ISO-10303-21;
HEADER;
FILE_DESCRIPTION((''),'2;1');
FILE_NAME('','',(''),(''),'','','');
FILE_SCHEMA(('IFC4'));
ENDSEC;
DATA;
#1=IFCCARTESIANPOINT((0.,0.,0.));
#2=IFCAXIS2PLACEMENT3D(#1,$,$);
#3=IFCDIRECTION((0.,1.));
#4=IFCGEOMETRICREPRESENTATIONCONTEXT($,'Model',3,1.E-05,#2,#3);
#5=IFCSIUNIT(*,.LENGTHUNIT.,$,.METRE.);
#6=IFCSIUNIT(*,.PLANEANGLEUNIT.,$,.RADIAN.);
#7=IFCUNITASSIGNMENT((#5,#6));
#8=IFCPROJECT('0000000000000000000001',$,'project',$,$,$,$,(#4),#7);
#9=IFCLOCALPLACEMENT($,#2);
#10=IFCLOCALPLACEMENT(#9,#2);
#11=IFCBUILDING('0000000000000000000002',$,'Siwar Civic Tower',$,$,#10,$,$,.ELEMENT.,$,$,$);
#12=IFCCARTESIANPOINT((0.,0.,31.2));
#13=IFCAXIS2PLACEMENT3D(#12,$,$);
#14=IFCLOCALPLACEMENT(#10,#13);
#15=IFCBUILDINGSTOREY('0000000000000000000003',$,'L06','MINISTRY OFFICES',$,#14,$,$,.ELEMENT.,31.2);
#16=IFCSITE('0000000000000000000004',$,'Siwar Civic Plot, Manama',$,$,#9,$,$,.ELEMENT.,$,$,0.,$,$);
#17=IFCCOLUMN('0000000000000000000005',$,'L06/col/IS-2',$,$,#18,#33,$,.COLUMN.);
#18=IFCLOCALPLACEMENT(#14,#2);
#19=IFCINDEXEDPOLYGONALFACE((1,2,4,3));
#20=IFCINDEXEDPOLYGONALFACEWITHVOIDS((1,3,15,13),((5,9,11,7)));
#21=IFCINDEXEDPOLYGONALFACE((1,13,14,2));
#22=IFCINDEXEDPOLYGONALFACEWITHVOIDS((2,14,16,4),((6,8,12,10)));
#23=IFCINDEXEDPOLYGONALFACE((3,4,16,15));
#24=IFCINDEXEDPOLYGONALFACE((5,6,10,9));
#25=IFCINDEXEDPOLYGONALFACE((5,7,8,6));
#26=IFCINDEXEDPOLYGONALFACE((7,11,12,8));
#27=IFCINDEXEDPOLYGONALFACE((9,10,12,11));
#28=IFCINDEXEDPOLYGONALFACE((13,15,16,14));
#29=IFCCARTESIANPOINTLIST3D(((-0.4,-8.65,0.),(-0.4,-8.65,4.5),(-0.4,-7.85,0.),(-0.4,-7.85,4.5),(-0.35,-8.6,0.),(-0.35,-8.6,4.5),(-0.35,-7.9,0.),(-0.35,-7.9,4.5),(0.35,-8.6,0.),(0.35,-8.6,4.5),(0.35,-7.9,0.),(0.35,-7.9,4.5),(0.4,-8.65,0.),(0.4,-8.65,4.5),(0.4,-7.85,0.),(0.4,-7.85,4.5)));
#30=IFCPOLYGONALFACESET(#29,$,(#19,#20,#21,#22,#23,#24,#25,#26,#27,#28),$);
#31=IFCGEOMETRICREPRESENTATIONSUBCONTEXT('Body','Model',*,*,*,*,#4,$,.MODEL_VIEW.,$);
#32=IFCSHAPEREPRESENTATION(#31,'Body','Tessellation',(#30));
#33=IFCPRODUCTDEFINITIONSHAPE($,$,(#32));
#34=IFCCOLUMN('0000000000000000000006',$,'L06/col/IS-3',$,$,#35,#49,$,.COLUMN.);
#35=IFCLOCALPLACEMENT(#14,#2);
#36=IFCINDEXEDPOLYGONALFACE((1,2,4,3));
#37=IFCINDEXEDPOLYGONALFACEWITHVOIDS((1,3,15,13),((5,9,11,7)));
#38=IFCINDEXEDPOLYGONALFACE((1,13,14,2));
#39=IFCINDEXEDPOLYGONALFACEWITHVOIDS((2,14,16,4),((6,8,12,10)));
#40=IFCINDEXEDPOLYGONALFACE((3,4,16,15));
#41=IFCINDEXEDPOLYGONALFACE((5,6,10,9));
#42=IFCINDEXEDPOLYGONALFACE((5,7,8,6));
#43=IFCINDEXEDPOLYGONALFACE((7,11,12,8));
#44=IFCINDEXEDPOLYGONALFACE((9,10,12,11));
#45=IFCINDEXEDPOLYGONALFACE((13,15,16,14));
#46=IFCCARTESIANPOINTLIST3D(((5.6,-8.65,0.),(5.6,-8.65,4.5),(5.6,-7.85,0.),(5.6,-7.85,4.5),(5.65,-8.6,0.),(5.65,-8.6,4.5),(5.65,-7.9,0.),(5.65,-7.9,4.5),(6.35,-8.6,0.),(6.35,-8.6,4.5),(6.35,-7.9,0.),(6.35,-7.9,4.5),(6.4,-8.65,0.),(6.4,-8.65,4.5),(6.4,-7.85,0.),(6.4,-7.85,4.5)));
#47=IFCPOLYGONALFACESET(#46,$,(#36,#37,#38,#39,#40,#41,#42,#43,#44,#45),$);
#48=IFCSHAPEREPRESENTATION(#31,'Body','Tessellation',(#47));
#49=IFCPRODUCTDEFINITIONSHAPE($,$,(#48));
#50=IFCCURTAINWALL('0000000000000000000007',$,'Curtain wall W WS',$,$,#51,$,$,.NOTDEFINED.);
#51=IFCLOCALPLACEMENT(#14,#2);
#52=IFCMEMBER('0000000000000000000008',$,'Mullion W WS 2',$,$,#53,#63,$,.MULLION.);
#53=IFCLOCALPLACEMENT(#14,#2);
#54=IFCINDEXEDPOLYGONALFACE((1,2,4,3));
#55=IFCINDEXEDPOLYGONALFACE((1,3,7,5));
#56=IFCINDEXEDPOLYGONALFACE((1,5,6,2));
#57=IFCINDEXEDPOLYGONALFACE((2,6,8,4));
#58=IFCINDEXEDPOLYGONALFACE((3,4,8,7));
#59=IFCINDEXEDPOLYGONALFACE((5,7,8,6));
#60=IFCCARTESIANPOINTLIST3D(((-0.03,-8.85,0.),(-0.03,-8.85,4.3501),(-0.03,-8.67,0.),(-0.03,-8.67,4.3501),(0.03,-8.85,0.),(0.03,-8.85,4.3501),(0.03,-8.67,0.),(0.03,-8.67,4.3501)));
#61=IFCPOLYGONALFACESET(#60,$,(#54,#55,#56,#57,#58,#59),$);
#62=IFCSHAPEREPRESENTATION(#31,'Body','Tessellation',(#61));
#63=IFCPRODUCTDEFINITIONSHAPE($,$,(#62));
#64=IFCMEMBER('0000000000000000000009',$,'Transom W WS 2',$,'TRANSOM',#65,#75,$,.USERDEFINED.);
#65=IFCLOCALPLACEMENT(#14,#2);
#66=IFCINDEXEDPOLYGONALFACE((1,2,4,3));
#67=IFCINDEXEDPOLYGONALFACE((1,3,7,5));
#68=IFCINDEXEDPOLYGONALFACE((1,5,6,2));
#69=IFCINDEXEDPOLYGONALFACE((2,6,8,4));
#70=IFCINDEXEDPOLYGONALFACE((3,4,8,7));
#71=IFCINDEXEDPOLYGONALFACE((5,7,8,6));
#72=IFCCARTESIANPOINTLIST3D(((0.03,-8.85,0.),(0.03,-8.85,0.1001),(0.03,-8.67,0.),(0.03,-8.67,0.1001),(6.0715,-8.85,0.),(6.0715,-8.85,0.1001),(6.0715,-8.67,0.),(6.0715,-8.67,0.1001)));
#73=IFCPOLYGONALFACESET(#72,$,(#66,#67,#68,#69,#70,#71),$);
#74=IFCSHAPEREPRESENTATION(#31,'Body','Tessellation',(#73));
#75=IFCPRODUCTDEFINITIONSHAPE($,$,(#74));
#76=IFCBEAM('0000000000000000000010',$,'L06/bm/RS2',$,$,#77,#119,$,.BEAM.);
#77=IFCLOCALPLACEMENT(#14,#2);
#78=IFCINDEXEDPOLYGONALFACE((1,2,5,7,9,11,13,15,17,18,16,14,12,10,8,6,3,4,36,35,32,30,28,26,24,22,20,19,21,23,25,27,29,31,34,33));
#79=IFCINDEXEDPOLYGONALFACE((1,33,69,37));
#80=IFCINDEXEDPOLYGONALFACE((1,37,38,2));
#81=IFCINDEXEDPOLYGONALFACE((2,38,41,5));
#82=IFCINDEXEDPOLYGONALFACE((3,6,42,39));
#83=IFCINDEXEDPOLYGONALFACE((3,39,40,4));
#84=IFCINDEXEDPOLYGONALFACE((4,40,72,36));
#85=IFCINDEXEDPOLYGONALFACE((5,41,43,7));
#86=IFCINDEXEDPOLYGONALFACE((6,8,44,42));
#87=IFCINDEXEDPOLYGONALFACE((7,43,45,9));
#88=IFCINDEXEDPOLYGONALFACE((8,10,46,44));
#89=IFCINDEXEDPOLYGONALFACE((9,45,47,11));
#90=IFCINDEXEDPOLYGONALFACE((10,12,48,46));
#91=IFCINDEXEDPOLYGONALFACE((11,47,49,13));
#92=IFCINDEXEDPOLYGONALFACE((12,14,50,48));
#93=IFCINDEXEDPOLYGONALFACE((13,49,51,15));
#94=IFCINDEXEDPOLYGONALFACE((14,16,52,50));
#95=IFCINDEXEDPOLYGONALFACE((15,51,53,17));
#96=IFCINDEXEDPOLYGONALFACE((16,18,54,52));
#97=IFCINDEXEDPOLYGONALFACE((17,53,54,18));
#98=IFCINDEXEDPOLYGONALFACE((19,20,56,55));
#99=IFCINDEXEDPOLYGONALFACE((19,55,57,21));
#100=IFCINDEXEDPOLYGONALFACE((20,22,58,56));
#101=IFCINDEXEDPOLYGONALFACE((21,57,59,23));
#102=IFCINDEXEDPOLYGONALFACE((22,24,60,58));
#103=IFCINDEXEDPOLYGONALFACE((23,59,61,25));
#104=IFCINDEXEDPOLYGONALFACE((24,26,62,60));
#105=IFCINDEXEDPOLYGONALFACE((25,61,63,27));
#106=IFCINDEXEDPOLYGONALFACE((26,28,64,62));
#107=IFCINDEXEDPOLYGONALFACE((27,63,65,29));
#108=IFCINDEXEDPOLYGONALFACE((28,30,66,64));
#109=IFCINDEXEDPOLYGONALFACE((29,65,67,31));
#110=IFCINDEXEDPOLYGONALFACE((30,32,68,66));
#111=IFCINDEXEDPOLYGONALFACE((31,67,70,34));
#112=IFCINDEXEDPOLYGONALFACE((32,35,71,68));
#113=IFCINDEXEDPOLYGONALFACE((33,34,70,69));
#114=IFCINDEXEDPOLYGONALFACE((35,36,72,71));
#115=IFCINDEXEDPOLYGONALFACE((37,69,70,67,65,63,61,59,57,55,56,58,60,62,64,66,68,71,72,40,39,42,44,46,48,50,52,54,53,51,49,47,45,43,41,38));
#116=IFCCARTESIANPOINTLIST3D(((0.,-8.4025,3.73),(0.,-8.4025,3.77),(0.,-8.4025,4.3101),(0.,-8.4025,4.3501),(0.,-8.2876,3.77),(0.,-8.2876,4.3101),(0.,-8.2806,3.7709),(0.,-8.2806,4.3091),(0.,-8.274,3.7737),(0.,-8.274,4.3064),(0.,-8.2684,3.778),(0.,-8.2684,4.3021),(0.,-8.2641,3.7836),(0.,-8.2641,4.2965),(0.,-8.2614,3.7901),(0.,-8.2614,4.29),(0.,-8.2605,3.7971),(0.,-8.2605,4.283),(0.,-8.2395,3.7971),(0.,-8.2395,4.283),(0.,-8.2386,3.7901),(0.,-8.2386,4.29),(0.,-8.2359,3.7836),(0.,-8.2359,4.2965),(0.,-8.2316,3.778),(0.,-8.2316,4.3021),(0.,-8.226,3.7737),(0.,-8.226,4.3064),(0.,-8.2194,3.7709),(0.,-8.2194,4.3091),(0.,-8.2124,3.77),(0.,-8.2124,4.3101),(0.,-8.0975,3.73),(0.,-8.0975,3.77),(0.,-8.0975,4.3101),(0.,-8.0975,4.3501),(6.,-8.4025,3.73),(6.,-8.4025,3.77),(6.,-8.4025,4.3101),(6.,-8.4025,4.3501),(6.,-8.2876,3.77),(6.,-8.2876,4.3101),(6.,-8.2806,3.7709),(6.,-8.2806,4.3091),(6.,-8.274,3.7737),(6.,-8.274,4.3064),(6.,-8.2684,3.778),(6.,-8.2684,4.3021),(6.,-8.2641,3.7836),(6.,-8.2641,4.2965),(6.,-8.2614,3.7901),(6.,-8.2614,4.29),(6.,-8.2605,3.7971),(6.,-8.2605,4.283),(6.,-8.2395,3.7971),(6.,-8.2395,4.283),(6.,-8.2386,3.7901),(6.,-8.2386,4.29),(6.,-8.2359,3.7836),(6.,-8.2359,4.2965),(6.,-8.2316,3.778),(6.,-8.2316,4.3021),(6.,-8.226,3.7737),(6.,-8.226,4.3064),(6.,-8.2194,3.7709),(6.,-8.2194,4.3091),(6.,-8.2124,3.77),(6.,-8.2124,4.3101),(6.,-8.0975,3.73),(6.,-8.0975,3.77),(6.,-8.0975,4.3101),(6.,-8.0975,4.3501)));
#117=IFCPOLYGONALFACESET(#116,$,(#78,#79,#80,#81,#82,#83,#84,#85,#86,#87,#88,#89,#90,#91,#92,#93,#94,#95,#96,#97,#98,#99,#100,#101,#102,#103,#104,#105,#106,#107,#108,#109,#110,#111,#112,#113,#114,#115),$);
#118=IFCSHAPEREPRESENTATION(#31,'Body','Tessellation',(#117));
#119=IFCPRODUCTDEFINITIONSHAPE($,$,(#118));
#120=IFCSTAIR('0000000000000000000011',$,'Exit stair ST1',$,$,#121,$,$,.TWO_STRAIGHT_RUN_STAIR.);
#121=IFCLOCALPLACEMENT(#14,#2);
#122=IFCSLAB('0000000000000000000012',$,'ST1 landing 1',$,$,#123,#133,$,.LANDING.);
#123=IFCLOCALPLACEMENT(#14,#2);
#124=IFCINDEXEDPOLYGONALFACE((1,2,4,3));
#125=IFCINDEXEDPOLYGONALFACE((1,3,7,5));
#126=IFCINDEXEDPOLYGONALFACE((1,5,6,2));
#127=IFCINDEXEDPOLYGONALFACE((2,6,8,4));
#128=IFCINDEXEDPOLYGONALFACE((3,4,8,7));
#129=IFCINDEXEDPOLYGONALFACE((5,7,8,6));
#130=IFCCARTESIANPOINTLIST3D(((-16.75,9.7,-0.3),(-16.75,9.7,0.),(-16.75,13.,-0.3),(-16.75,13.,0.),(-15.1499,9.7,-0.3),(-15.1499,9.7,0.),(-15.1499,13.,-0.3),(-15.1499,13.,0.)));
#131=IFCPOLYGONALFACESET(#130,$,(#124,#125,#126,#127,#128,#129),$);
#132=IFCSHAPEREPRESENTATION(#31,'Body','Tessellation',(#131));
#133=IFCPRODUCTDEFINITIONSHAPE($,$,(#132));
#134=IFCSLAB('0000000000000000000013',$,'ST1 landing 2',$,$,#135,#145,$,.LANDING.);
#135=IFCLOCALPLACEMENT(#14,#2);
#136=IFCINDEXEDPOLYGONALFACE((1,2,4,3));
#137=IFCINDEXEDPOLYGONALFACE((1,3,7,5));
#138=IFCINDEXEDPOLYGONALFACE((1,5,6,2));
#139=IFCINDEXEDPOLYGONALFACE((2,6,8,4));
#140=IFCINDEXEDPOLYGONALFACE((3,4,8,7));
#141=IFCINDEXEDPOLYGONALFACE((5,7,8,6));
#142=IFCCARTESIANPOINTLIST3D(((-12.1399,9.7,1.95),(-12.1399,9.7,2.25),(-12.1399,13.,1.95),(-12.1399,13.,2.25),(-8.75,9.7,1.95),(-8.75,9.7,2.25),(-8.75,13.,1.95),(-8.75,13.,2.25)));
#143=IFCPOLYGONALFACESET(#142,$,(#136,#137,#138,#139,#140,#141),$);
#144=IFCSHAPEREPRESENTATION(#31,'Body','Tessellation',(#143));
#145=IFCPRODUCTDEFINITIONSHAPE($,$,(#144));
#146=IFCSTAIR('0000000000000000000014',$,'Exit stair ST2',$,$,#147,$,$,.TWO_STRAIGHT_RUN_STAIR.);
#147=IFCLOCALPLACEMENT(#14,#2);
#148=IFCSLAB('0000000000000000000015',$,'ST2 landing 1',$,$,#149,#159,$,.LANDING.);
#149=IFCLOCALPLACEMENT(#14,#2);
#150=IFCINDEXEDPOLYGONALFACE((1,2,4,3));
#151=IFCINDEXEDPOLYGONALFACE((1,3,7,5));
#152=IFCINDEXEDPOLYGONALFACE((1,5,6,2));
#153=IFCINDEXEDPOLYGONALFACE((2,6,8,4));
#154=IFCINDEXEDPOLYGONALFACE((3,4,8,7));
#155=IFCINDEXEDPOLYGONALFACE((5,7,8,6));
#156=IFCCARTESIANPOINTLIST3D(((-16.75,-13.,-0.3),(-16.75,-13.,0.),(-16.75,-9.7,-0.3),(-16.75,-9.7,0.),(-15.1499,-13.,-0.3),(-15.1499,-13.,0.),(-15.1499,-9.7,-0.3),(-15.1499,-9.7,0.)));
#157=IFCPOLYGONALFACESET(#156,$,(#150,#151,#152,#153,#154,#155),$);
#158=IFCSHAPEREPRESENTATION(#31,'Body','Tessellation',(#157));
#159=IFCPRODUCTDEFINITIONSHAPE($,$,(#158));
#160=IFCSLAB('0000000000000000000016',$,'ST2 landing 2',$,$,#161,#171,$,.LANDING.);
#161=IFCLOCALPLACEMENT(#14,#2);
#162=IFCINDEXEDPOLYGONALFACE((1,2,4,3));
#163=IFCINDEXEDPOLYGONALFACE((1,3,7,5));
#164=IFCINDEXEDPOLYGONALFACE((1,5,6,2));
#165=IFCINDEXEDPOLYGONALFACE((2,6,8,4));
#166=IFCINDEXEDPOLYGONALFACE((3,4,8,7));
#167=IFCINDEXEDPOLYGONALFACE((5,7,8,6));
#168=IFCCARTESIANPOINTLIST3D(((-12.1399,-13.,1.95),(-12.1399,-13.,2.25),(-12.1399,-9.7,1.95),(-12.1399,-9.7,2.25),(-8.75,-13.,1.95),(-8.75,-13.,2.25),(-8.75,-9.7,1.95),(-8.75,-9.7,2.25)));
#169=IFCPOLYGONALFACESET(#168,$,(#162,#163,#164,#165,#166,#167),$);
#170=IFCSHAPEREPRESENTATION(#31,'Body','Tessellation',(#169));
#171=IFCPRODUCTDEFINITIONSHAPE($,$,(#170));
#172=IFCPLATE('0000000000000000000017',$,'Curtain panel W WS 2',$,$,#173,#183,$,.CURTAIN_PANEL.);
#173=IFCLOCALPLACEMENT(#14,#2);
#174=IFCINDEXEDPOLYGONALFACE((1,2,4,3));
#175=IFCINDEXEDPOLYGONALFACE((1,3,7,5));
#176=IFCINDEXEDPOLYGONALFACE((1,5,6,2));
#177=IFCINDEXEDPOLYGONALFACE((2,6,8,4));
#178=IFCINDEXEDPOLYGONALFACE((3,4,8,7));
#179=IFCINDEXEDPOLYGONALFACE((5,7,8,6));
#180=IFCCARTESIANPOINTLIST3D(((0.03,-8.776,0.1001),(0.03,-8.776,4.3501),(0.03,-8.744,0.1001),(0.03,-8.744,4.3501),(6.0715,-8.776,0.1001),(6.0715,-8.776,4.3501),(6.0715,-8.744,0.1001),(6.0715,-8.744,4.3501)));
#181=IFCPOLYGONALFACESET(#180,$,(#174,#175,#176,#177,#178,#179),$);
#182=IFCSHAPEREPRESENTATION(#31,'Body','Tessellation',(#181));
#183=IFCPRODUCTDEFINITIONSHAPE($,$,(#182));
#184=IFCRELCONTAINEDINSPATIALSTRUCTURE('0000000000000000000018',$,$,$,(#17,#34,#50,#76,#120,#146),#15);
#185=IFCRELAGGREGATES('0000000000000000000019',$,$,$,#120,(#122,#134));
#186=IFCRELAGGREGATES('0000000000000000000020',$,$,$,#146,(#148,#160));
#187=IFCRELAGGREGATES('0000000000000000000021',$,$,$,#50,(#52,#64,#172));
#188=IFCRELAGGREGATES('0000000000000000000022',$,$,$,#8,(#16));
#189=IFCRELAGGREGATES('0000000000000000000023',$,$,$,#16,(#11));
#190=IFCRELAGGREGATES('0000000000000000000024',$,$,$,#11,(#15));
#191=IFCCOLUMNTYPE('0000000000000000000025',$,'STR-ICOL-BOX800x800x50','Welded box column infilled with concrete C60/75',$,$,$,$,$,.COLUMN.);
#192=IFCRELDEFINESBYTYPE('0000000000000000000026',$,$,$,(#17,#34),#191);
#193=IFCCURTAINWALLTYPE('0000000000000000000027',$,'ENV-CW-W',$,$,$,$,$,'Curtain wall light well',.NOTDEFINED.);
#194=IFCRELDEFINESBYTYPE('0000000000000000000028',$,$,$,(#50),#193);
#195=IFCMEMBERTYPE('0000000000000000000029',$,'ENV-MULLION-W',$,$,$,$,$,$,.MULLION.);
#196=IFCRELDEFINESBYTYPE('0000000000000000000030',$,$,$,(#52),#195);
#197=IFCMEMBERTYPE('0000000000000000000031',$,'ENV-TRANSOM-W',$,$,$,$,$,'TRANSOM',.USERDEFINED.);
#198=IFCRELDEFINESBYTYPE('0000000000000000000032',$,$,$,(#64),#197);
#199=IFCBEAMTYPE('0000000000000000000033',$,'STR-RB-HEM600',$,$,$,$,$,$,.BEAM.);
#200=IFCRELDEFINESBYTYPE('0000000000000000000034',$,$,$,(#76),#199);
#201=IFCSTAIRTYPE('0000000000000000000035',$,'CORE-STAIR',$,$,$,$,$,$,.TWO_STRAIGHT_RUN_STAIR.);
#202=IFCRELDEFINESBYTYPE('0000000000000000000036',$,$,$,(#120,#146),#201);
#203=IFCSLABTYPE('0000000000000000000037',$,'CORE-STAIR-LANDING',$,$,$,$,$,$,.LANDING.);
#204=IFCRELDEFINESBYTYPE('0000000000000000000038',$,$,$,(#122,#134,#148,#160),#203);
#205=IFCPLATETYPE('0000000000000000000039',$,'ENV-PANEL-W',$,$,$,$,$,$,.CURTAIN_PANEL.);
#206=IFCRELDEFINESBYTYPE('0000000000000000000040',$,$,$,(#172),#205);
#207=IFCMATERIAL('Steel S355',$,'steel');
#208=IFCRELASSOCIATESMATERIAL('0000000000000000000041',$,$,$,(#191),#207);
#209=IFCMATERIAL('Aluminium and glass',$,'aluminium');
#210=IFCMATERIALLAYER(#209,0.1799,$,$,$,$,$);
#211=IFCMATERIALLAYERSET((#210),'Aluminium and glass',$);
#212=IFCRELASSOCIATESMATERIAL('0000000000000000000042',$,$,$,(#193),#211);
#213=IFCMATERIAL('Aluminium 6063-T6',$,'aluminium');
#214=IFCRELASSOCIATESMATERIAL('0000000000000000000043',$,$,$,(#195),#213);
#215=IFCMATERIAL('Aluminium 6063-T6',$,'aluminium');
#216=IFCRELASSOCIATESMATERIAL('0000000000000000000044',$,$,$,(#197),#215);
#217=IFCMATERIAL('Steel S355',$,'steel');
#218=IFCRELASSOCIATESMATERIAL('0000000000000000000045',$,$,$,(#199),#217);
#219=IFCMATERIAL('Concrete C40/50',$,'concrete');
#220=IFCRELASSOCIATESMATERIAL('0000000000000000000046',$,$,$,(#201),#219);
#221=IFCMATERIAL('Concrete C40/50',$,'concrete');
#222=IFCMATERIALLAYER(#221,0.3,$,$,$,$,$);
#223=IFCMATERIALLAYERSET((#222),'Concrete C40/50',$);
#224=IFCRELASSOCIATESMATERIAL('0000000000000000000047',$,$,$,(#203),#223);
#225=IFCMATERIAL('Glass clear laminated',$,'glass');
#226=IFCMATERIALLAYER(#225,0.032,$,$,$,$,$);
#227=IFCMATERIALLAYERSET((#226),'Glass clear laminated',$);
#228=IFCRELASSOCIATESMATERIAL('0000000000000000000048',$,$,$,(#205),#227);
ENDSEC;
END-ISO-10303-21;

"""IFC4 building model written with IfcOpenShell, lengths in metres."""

from ifc_helpers import new_model, si_unit, direction, frame, origin, origin_2d, place, context, subcontext, project, spatial, polyline, rectangle, hollow_rectangle, i_section, outline, extrude, material, layer, layer_set, material_profile, profile_set, type_object, element, aggregate, save


model = new_model("IFC4")

# Units and contexts
model_context = context("Model", 3, precision=1e-05, world=origin(), true_north=direction((0.0, 1.0)))
body_context = subcontext(model_context, "Body", "Model", "MODEL_VIEW")
ifc_project = project(units=[si_unit("LENGTHUNIT", "METRE"), si_unit("PLANEANGLEUNIT", "RADIAN")], contexts=[model_context])

# Site, building, storey
site_placement = place(None, origin())
site = spatial("IfcSite", under=ifc_project, at=site_placement, Name="Siwar Civic Plot, Manama", CompositionType="ELEMENT", RefElevation=0.0)
building_placement = place(site_placement, origin())
building = spatial("IfcBuilding", under=site, at=building_placement, Name="Siwar Civic Tower", CompositionType="ELEMENT")
storey_placement = place(building_placement, frame((0.0, 0.0, 31.2)))
storey = spatial("IfcBuildingStorey", under=building, at=storey_placement, Name="L06", Description="MINISTRY OFFICES", CompositionType="ELEMENT", Elevation=31.2)

# Columns
ifc_material_1 = material(Name="Steel S355", Category="steel")
ifc_material_profile_1 = material_profile(ifc_material_1, hollow_rectangle(XDim=0.8, YDim=0.8, WallThickness=0.05, at=origin_2d()), Name="BOX800x800x50")
ifc_profile_set_1 = profile_set([ifc_material_profile_1], Name="Steel S355")
column_type = type_object("IfcColumnType", Name="STR-ICOL-BOX800x800x50", Description="Welded box column infilled with concrete C60/75", PredefinedType="COLUMN", material=ifc_profile_set_1)
for number, where, z_axis, x_axis, name in (
    (1, (0.0, -8.25, 0.0), (0.0, 0.0, 1.0), (1.0, 0.0, 0.0), "L06/col/IS-2"),
    (2, (6.0, -8.25, 0.0), (0.0, 0.0, 1.0), (1.0, 0.0, 0.0), "L06/col/IS-3"),
):
    element("IfcColumn", number, at=place(storey_placement, frame(where, z_axis=z_axis, x_axis=x_axis)), inside=storey, type_object=column_type, Name=name, PredefinedType="COLUMN", context=body_context, shape_type="SweptSolid", body=[
        extrude(hollow_rectangle(XDim=0.8, YDim=0.8, WallThickness=0.05, at=origin_2d()), origin(), (0.0, 0.0, 1.0), 4.5),
    ])

# Curtain wall, members
ifc_material_2 = material(Name="Aluminium and glass", Category="aluminium")
ifc_layer_1 = layer(ifc_material_2, 0.1799)
ifc_layer_set_1 = layer_set([ifc_layer_1], Name="Aluminium and glass")
curtain_wall_type = type_object("IfcCurtainWallType", Name="ENV-CW-W", ElementType="Curtain wall light well", PredefinedType="NOTDEFINED", material=ifc_layer_set_1)
curtain_wall_placement = place(storey_placement, origin())
curtain_wall = element("IfcCurtainWall", 3, at=curtain_wall_placement, inside=storey, type_object=curtain_wall_type, Name="Curtain wall W WS", PredefinedType="NOTDEFINED")
ifc_material_3 = material(Name="Aluminium 6063-T6", Category="aluminium")
ifc_material_profile_2 = material_profile(ifc_material_3, rectangle(XDim=0.1799, YDim=0.0601, at=origin_2d()), Name="AL 180x60")
ifc_profile_set_2 = profile_set([ifc_material_profile_2], Name="Aluminium 6063-T6")
member_type_1 = type_object("IfcMemberType", Name="ENV-MULLION-W", PredefinedType="MULLION", material=ifc_profile_set_2)
member_1_placement = place(storey_placement, frame((0.0, -8.76, 0.0), z_axis=(0.0, 0.0, 1.0), x_axis=(0.0, 1.0, 0.0)))
member_1 = element("IfcMember", 4, at=member_1_placement, type_object=member_type_1, Name="Mullion W WS 2", PredefinedType="MULLION", context=body_context, shape_type="SweptSolid", body=[
    extrude(rectangle(XDim=0.1799, YDim=0.0601, at=origin_2d()), origin(), (0.0, 0.0, 1.0), 4.3501),
])
ifc_material_4 = material(Name="Aluminium 6063-T6", Category="aluminium")
ifc_material_profile_3 = material_profile(ifc_material_4, rectangle(XDim=0.1799, YDim=0.1001, at=origin_2d()), Name="AL 180x100")
ifc_profile_set_3 = profile_set([ifc_material_profile_3], Name="Aluminium 6063-T6")
member_type_2 = type_object("IfcMemberType", Name="ENV-TRANSOM-W", ElementType="TRANSOM", PredefinedType="USERDEFINED", material=ifc_profile_set_3)
member_2_placement = place(storey_placement, frame((0.03, -8.76, 0.05), z_axis=(1.0, 0.0, 0.0), x_axis=(0.0, 1.0, 0.0)))
member_2 = element("IfcMember", 5, at=member_2_placement, type_object=member_type_2, Name="Transom W WS 2", ObjectType="TRANSOM", PredefinedType="USERDEFINED", context=body_context, shape_type="SweptSolid", body=[
    extrude(rectangle(XDim=0.1799, YDim=0.1001, at=origin_2d()), origin(), (0.0, 0.0, 1.0), 6.0415),
])

# Beam
ifc_material_5 = material(Name="Steel S355", Category="steel")
ifc_material_profile_4 = material_profile(ifc_material_5, i_section(OverallWidth=0.3049, OverallDepth=0.6201, WebThickness=0.021, FlangeThickness=0.04, FilletRadius=0.0271, at=origin_2d()), Name="HEM600")
ifc_profile_set_4 = profile_set([ifc_material_profile_4], Name="Steel S355")
beam_type = type_object("IfcBeamType", Name="STR-RB-HEM600", PredefinedType="BEAM", material=ifc_profile_set_4)
beam_placement = place(storey_placement, frame((0.0, -8.25, 4.04), z_axis=(1.0, 0.0, 0.0), x_axis=(0.0, 1.0, 0.0)))
element("IfcBeam", 6, at=beam_placement, inside=storey, type_object=beam_type, Name="L06/bm/RS2", PredefinedType="BEAM", context=body_context, shape_type="SweptSolid", body=[
    extrude(i_section(OverallWidth=0.3049, OverallDepth=0.6201, WebThickness=0.021, FlangeThickness=0.04, FilletRadius=0.0271, at=origin_2d()), origin(), (0.0, 0.0, 1.0), 6.0),
])

# Stairs, slabs
ifc_material_6 = material(Name="Concrete C40/50", Category="concrete")
stair_type = type_object("IfcStairType", Name="CORE-STAIR", PredefinedType="TWO_STRAIGHT_RUN_STAIR", material=ifc_material_6)
stair_1_placement = place(storey_placement, origin())
stair_1 = element("IfcStair", 7, at=stair_1_placement, inside=storey, type_object=stair_type, Name="Exit stair ST1", PredefinedType="TWO_STRAIGHT_RUN_STAIR")
ifc_material_7 = material(Name="Concrete C40/50", Category="concrete")
ifc_layer_2 = layer(ifc_material_7, 0.3)
ifc_layer_set_2 = layer_set([ifc_layer_2], Name="Concrete C40/50")
slab_type_1 = type_object("IfcSlabType", Name="CORE-STAIR-LANDING", PredefinedType="LANDING", material=ifc_layer_set_2)
slab_1_placement = place(storey_placement, frame((0.0, 0.0, -0.3)))
slab_1 = element("IfcSlab", 8, at=slab_1_placement, type_object=slab_type_1, Name="ST1 landing 1", PredefinedType="LANDING", context=body_context, shape_type="SweptSolid", body=[
    extrude(outline(polyline([(-15.1499, 13.0), (-16.75, 13.0), (-16.75, 9.7), (-15.1499, 9.7), (-15.1499, 13.0)])), origin(), (0.0, 0.0, 1.0), 0.3),
])
slab_2_placement = place(storey_placement, frame((0.0, 0.0, 1.95)))
slab_2 = element("IfcSlab", 9, at=slab_2_placement, type_object=slab_type_1, Name="ST1 landing 2", PredefinedType="LANDING", context=body_context, shape_type="SweptSolid", body=[
    extrude(outline(polyline([(-8.75, 13.0), (-12.1399, 13.0), (-12.1399, 9.7), (-8.75, 9.7), (-8.75, 13.0)])), origin(), (0.0, 0.0, 1.0), 0.3),
])
aggregate(stair_1, [slab_1, slab_2])
stair_2_placement = place(storey_placement, origin())
stair_2 = element("IfcStair", 10, at=stair_2_placement, inside=storey, type_object=stair_type, Name="Exit stair ST2", PredefinedType="TWO_STRAIGHT_RUN_STAIR")
slab_3_placement = place(storey_placement, frame((0.0, 0.0, -0.3)))
slab_3 = element("IfcSlab", 11, at=slab_3_placement, type_object=slab_type_1, Name="ST2 landing 1", PredefinedType="LANDING", context=body_context, shape_type="SweptSolid", body=[
    extrude(outline(polyline([(-15.1499, -9.7), (-16.75, -9.7), (-16.75, -13.0), (-15.1499, -13.0), (-15.1499, -9.7)])), origin(), (0.0, 0.0, 1.0), 0.3),
])
slab_4_placement = place(storey_placement, frame((0.0, 0.0, 1.95)))
slab_4 = element("IfcSlab", 12, at=slab_4_placement, type_object=slab_type_1, Name="ST2 landing 2", PredefinedType="LANDING", context=body_context, shape_type="SweptSolid", body=[
    extrude(outline(polyline([(-8.75, -9.7), (-12.1399, -9.7), (-12.1399, -13.0), (-8.75, -13.0), (-8.75, -9.7)])), origin(), (0.0, 0.0, 1.0), 0.3),
])
aggregate(stair_2, [slab_3, slab_4])

# Plate
ifc_material_8 = material(Name="Glass clear laminated", Category="glass")
ifc_layer_3 = layer(ifc_material_8, 0.032)
ifc_layer_set_3 = layer_set([ifc_layer_3], Name="Glass clear laminated")
plate_type = type_object("IfcPlateType", Name="ENV-PANEL-W", PredefinedType="CURTAIN_PANEL", material=ifc_layer_set_3)
plate_placement = place(storey_placement, frame((3.0508, -8.76, 0.1001), z_axis=(0.0, 0.0, 1.0), x_axis=(1.0, 0.0, 0.0)))
plate = element("IfcPlate", 13, at=plate_placement, type_object=plate_type, Name="Curtain panel W WS 2", PredefinedType="CURTAIN_PANEL", context=body_context, shape_type="SweptSolid", body=[
    extrude(rectangle(XDim=6.0415, YDim=0.032, at=origin_2d()), origin(), (0.0, 0.0, 1.0), 4.25),
])
aggregate(curtain_wall, [member_1, member_2, plate])

save(model, "model.ifc")
